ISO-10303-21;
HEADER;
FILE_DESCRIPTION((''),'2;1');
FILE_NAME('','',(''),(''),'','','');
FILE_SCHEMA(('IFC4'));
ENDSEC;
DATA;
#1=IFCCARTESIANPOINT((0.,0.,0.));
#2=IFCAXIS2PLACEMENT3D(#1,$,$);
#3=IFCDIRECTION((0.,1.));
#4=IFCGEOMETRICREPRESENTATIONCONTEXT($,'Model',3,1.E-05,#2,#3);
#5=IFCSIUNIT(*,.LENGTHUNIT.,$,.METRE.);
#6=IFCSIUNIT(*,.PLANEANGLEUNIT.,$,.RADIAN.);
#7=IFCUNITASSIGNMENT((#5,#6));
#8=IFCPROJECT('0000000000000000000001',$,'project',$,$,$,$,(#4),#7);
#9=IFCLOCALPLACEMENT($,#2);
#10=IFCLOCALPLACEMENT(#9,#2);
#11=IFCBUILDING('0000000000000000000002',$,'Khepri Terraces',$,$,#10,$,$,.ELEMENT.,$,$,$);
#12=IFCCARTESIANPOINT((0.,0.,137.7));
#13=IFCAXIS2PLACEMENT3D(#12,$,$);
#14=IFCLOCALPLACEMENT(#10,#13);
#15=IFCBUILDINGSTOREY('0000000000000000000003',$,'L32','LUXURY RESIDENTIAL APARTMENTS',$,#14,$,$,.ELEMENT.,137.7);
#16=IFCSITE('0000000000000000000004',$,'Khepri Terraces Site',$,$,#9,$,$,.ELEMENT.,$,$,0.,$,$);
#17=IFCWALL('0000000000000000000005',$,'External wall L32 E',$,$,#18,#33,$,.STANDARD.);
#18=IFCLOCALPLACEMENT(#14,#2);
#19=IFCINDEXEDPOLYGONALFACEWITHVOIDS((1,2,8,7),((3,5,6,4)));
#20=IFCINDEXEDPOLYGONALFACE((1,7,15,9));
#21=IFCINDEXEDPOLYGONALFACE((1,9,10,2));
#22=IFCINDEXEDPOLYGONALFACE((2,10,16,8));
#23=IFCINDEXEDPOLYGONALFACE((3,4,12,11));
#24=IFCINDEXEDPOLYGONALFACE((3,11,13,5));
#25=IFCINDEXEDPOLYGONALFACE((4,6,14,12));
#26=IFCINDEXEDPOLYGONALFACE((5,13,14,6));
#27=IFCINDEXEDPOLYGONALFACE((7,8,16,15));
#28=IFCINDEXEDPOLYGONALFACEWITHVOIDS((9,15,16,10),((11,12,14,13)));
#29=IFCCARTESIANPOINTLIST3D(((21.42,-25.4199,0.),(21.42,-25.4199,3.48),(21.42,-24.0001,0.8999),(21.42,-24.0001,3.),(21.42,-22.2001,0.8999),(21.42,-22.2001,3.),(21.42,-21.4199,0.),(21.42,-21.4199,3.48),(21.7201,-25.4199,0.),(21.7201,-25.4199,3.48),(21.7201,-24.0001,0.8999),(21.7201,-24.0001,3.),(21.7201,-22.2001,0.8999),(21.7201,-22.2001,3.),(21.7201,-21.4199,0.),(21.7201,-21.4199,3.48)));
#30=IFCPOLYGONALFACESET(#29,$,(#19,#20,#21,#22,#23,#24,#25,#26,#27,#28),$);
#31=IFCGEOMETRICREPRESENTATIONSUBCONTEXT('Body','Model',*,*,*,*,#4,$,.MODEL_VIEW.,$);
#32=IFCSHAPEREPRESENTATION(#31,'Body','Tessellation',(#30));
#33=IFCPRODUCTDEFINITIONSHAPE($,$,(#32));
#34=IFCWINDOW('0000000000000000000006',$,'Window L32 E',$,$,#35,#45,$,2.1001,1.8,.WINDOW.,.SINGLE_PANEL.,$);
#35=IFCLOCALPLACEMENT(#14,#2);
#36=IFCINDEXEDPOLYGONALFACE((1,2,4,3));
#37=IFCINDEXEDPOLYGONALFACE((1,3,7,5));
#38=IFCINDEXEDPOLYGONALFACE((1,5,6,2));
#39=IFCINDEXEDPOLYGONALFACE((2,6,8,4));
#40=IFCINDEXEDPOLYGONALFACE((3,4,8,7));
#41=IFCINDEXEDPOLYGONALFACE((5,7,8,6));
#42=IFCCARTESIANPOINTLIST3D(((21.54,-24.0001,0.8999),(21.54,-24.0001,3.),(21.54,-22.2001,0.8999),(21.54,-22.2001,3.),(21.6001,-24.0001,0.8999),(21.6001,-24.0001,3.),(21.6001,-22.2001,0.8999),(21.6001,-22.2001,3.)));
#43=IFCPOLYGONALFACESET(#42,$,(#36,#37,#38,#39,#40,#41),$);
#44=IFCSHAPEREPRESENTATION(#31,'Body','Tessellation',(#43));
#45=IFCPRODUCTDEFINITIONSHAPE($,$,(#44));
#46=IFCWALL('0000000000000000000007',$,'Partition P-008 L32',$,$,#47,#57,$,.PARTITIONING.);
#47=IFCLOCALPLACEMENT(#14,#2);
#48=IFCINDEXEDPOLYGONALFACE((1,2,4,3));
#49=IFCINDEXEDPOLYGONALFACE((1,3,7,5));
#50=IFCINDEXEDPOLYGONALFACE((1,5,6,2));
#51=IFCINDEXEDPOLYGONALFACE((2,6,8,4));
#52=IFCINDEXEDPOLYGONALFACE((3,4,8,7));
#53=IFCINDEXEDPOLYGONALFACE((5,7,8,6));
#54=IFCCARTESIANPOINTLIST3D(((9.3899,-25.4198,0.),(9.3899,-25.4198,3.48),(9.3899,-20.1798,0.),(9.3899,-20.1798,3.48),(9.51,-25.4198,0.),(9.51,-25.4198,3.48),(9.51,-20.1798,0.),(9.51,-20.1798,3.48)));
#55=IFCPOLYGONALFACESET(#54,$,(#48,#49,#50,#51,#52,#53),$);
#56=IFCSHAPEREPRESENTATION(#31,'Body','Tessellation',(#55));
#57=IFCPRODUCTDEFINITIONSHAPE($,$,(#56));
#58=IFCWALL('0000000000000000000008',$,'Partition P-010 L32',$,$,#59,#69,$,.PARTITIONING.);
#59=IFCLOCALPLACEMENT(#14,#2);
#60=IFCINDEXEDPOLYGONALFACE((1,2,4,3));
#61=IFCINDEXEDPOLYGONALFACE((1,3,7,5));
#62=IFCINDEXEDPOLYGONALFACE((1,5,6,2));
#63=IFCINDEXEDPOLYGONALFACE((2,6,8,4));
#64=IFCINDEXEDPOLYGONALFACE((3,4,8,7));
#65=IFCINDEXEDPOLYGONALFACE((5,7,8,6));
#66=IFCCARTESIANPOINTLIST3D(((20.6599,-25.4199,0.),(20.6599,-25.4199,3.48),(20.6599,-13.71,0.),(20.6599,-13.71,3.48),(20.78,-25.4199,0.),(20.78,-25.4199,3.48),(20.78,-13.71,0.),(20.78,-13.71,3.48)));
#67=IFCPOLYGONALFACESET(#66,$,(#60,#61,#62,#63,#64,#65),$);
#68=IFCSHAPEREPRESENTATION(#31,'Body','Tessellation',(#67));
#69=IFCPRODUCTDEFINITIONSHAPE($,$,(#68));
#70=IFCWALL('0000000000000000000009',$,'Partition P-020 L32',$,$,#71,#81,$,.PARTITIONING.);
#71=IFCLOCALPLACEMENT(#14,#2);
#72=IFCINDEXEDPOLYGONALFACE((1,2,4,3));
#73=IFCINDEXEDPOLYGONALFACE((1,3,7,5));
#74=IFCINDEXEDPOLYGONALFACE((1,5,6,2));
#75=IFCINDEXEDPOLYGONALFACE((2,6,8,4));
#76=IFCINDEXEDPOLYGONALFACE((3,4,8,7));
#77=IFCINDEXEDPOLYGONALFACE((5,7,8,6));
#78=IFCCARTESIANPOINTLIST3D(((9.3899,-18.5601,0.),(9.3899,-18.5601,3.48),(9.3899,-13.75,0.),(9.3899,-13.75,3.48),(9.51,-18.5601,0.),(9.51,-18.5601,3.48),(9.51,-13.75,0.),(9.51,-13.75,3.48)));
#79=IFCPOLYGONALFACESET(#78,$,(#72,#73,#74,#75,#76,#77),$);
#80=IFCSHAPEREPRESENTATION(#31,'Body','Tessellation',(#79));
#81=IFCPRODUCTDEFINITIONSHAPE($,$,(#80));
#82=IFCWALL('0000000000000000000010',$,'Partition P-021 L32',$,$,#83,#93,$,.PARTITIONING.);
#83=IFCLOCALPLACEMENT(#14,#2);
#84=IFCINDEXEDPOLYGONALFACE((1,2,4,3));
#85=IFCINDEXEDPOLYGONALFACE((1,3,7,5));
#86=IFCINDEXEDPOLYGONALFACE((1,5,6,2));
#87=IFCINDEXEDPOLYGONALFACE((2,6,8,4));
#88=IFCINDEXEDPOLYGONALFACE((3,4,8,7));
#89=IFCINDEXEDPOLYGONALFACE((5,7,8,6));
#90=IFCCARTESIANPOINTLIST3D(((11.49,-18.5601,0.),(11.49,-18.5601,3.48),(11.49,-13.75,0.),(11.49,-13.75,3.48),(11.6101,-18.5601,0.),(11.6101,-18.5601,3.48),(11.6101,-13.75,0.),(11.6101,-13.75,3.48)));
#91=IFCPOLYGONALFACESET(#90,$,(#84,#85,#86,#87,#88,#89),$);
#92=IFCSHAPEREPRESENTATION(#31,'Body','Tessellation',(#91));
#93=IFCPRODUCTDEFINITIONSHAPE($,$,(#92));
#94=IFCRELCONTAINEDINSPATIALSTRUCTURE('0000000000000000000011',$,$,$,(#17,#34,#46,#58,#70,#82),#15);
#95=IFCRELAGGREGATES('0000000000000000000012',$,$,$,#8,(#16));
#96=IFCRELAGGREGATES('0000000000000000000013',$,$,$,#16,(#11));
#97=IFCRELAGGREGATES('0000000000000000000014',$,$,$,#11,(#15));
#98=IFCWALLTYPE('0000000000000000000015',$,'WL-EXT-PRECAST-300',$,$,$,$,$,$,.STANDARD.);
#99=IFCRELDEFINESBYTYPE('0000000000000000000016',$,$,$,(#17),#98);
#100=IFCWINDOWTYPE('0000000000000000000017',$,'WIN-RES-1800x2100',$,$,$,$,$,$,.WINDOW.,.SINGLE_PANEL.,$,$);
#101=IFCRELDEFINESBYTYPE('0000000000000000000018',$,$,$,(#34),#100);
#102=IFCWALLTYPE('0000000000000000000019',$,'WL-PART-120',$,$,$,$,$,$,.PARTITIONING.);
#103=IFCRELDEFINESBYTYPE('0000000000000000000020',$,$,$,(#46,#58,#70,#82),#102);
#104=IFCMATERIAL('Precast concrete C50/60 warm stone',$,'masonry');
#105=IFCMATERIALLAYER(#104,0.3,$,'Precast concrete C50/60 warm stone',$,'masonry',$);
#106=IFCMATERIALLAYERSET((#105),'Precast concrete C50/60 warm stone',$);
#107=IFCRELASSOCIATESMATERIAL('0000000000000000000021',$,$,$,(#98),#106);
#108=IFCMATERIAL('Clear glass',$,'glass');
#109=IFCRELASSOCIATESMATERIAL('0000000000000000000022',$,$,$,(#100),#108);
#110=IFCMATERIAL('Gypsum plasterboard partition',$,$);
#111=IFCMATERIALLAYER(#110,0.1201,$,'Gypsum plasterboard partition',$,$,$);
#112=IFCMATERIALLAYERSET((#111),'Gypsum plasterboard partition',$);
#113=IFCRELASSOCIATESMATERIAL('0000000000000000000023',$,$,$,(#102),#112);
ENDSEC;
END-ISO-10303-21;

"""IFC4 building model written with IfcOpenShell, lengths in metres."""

from ifc_helpers import new_model, si_unit, direction, frame, frame_2d, origin, place, context, subcontext, project, spatial, rectangle, extrude, material, layer, layer_set, type_object, element, fill, save


model = new_model("IFC4")

# Units and contexts
model_context = context("Model", 3, precision=1e-05, world=origin(), true_north=direction((0.0, 1.0)))
body_context = subcontext(model_context, "Body", "Model", "MODEL_VIEW")
ifc_project = project(units=[si_unit("LENGTHUNIT", "METRE"), si_unit("PLANEANGLEUNIT", "RADIAN")], contexts=[model_context])

# Site, building, storey
site_placement = place(None, origin())
site = spatial("IfcSite", under=ifc_project, at=site_placement, Name="Khepri Terraces Site", CompositionType="ELEMENT", RefElevation=0.0)
building_placement = place(site_placement, origin())
building = spatial("IfcBuilding", under=site, at=building_placement, Name="Khepri Terraces", CompositionType="ELEMENT")
storey_placement = place(building_placement, frame((0.0, 0.0, 137.7)))
storey = spatial("IfcBuildingStorey", under=building, at=storey_placement, Name="L32", Description="LUXURY RESIDENTIAL APARTMENTS", CompositionType="ELEMENT", Elevation=137.7)

# Shared definitions
ifc_material_1 = material(Name="Precast concrete C50/60 warm stone", Category="masonry")
ifc_layer_1 = layer(ifc_material_1, 0.3, Name="Precast concrete C50/60 warm stone", Category="masonry")
ifc_layer_set_1 = layer_set([ifc_layer_1], Name="Precast concrete C50/60 warm stone")
wall_type_1 = type_object("IfcWallType", Name="WL-EXT-PRECAST-300", PredefinedType="STANDARD", material=ifc_layer_set_1)
ifc_material_2 = material(Name="Clear glass", Category="glass")
window_type_1 = type_object("IfcWindowType", Name="WIN-RES-1800x2100", PartitioningType="SINGLE_PANEL", PredefinedType="WINDOW", material=ifc_material_2)

# Wall, opening, window
wall_1_placement = place(storey_placement, frame((21.5701, -25.4199, 0.0), z_axis=(0.0, 0.0, 1.0), x_axis=(0.0, 1.0, 0.0)))
wall_1 = element("IfcWall", 1, at=wall_1_placement, inside=storey, type_object=wall_type_1, Name="External wall L32 E", PredefinedType="STANDARD", context=body_context, shape_type="SweptSolid", body=[
    extrude(rectangle(XDim=4.0, YDim=0.3, at=frame_2d((2.0, 0.0))), origin(), (0.0, 0.0, 1.0), 3.48),
])
opening_1_placement = place(wall_1_placement, frame((1.4199, 0.0, 0.8999)))
opening_1 = element("IfcOpeningElement", 2, at=opening_1_placement, cuts=wall_1, PredefinedType="OPENING", context=body_context, shape_type="SweptSolid", body=[
    extrude(rectangle(XDim=1.8, YDim=2.1001, at=frame_2d((0.8999, 1.05))), frame((0.0, 0.1602, 0.0), z_axis=(0.0, -1.0, 0.0), x_axis=(1.0, 0.0, 0.0)), (0.0, 0.0, 1.0), 0.3201),
])
window_1_placement = place(opening_1_placement, origin())
window_1 = element("IfcWindow", 3, at=window_1_placement, inside=storey, type_object=window_type_1, Name="Window L32 E", OverallHeight=2.1001, OverallWidth=1.8, PartitioningType="SINGLE_PANEL", PredefinedType="WINDOW", context=body_context, shape_type="SweptSolid", body=[
    extrude(rectangle(XDim=1.8, YDim=2.1001, at=frame_2d((0.8999, 1.05))), frame((0.0, 0.03, 0.0), z_axis=(0.0, -1.0, 0.0), x_axis=(1.0, 0.0, 0.0)), (0.0, 0.0, 1.0), 0.0601),
])
fill(opening_1, window_1)

# Walls
ifc_material_3 = material(Name="Gypsum plasterboard partition")
ifc_layer_2 = layer(ifc_material_3, 0.1201, Name="Gypsum plasterboard partition")
ifc_layer_set_2 = layer_set([ifc_layer_2], Name="Gypsum plasterboard partition")
wall_type_2 = type_object("IfcWallType", Name="WL-PART-120", PredefinedType="PARTITIONING", material=ifc_layer_set_2)
wall_2_placement = place(storey_placement, frame((9.45, -25.4199, 0.0), z_axis=(0.0, 0.0, 1.0), x_axis=(0.0, 1.0, 0.0)))
element("IfcWall", 4, at=wall_2_placement, inside=storey, type_object=wall_type_2, Name="Partition P-008 L32", PredefinedType="PARTITIONING", context=body_context, shape_type="SweptSolid", body=[
    extrude(rectangle(XDim=5.24, YDim=0.1201, at=frame_2d((2.6201, 0.0))), origin(), (0.0, 0.0, 1.0), 3.48),
])
wall_3_placement = place(storey_placement, frame((20.72, -25.4199, 0.0), z_axis=(0.0, 0.0, 1.0), x_axis=(0.0, 1.0, 0.0)))
element("IfcWall", 5, at=wall_3_placement, inside=storey, type_object=wall_type_2, Name="Partition P-010 L32", PredefinedType="PARTITIONING", context=body_context, shape_type="SweptSolid", body=[
    extrude(rectangle(XDim=11.71, YDim=0.1201, at=frame_2d((5.855, 0.0))), origin(), (0.0, 0.0, 1.0), 3.48),
])
for number, where, z_axis, x_axis, name in (
    (6, (9.45, -18.5601, 0.0), (0.0, 0.0, 1.0), (0.0, 1.0, 0.0), "Partition P-020 L32"),
    (7, (11.55, -18.5601, 0.0), (0.0, 0.0, 1.0), (0.0, 1.0, 0.0), "Partition P-021 L32"),
):
    element("IfcWall", number, at=place(storey_placement, frame(where, z_axis=z_axis, x_axis=x_axis)), inside=storey, type_object=wall_type_2, Name=name, PredefinedType="PARTITIONING", context=body_context, shape_type="SweptSolid", body=[
        extrude(rectangle(XDim=4.8101, YDim=0.1201, at=frame_2d((2.405, 0.0))), origin(), (0.0, 0.0, 1.0), 3.48),
    ])

save(model, "model.ifc")
